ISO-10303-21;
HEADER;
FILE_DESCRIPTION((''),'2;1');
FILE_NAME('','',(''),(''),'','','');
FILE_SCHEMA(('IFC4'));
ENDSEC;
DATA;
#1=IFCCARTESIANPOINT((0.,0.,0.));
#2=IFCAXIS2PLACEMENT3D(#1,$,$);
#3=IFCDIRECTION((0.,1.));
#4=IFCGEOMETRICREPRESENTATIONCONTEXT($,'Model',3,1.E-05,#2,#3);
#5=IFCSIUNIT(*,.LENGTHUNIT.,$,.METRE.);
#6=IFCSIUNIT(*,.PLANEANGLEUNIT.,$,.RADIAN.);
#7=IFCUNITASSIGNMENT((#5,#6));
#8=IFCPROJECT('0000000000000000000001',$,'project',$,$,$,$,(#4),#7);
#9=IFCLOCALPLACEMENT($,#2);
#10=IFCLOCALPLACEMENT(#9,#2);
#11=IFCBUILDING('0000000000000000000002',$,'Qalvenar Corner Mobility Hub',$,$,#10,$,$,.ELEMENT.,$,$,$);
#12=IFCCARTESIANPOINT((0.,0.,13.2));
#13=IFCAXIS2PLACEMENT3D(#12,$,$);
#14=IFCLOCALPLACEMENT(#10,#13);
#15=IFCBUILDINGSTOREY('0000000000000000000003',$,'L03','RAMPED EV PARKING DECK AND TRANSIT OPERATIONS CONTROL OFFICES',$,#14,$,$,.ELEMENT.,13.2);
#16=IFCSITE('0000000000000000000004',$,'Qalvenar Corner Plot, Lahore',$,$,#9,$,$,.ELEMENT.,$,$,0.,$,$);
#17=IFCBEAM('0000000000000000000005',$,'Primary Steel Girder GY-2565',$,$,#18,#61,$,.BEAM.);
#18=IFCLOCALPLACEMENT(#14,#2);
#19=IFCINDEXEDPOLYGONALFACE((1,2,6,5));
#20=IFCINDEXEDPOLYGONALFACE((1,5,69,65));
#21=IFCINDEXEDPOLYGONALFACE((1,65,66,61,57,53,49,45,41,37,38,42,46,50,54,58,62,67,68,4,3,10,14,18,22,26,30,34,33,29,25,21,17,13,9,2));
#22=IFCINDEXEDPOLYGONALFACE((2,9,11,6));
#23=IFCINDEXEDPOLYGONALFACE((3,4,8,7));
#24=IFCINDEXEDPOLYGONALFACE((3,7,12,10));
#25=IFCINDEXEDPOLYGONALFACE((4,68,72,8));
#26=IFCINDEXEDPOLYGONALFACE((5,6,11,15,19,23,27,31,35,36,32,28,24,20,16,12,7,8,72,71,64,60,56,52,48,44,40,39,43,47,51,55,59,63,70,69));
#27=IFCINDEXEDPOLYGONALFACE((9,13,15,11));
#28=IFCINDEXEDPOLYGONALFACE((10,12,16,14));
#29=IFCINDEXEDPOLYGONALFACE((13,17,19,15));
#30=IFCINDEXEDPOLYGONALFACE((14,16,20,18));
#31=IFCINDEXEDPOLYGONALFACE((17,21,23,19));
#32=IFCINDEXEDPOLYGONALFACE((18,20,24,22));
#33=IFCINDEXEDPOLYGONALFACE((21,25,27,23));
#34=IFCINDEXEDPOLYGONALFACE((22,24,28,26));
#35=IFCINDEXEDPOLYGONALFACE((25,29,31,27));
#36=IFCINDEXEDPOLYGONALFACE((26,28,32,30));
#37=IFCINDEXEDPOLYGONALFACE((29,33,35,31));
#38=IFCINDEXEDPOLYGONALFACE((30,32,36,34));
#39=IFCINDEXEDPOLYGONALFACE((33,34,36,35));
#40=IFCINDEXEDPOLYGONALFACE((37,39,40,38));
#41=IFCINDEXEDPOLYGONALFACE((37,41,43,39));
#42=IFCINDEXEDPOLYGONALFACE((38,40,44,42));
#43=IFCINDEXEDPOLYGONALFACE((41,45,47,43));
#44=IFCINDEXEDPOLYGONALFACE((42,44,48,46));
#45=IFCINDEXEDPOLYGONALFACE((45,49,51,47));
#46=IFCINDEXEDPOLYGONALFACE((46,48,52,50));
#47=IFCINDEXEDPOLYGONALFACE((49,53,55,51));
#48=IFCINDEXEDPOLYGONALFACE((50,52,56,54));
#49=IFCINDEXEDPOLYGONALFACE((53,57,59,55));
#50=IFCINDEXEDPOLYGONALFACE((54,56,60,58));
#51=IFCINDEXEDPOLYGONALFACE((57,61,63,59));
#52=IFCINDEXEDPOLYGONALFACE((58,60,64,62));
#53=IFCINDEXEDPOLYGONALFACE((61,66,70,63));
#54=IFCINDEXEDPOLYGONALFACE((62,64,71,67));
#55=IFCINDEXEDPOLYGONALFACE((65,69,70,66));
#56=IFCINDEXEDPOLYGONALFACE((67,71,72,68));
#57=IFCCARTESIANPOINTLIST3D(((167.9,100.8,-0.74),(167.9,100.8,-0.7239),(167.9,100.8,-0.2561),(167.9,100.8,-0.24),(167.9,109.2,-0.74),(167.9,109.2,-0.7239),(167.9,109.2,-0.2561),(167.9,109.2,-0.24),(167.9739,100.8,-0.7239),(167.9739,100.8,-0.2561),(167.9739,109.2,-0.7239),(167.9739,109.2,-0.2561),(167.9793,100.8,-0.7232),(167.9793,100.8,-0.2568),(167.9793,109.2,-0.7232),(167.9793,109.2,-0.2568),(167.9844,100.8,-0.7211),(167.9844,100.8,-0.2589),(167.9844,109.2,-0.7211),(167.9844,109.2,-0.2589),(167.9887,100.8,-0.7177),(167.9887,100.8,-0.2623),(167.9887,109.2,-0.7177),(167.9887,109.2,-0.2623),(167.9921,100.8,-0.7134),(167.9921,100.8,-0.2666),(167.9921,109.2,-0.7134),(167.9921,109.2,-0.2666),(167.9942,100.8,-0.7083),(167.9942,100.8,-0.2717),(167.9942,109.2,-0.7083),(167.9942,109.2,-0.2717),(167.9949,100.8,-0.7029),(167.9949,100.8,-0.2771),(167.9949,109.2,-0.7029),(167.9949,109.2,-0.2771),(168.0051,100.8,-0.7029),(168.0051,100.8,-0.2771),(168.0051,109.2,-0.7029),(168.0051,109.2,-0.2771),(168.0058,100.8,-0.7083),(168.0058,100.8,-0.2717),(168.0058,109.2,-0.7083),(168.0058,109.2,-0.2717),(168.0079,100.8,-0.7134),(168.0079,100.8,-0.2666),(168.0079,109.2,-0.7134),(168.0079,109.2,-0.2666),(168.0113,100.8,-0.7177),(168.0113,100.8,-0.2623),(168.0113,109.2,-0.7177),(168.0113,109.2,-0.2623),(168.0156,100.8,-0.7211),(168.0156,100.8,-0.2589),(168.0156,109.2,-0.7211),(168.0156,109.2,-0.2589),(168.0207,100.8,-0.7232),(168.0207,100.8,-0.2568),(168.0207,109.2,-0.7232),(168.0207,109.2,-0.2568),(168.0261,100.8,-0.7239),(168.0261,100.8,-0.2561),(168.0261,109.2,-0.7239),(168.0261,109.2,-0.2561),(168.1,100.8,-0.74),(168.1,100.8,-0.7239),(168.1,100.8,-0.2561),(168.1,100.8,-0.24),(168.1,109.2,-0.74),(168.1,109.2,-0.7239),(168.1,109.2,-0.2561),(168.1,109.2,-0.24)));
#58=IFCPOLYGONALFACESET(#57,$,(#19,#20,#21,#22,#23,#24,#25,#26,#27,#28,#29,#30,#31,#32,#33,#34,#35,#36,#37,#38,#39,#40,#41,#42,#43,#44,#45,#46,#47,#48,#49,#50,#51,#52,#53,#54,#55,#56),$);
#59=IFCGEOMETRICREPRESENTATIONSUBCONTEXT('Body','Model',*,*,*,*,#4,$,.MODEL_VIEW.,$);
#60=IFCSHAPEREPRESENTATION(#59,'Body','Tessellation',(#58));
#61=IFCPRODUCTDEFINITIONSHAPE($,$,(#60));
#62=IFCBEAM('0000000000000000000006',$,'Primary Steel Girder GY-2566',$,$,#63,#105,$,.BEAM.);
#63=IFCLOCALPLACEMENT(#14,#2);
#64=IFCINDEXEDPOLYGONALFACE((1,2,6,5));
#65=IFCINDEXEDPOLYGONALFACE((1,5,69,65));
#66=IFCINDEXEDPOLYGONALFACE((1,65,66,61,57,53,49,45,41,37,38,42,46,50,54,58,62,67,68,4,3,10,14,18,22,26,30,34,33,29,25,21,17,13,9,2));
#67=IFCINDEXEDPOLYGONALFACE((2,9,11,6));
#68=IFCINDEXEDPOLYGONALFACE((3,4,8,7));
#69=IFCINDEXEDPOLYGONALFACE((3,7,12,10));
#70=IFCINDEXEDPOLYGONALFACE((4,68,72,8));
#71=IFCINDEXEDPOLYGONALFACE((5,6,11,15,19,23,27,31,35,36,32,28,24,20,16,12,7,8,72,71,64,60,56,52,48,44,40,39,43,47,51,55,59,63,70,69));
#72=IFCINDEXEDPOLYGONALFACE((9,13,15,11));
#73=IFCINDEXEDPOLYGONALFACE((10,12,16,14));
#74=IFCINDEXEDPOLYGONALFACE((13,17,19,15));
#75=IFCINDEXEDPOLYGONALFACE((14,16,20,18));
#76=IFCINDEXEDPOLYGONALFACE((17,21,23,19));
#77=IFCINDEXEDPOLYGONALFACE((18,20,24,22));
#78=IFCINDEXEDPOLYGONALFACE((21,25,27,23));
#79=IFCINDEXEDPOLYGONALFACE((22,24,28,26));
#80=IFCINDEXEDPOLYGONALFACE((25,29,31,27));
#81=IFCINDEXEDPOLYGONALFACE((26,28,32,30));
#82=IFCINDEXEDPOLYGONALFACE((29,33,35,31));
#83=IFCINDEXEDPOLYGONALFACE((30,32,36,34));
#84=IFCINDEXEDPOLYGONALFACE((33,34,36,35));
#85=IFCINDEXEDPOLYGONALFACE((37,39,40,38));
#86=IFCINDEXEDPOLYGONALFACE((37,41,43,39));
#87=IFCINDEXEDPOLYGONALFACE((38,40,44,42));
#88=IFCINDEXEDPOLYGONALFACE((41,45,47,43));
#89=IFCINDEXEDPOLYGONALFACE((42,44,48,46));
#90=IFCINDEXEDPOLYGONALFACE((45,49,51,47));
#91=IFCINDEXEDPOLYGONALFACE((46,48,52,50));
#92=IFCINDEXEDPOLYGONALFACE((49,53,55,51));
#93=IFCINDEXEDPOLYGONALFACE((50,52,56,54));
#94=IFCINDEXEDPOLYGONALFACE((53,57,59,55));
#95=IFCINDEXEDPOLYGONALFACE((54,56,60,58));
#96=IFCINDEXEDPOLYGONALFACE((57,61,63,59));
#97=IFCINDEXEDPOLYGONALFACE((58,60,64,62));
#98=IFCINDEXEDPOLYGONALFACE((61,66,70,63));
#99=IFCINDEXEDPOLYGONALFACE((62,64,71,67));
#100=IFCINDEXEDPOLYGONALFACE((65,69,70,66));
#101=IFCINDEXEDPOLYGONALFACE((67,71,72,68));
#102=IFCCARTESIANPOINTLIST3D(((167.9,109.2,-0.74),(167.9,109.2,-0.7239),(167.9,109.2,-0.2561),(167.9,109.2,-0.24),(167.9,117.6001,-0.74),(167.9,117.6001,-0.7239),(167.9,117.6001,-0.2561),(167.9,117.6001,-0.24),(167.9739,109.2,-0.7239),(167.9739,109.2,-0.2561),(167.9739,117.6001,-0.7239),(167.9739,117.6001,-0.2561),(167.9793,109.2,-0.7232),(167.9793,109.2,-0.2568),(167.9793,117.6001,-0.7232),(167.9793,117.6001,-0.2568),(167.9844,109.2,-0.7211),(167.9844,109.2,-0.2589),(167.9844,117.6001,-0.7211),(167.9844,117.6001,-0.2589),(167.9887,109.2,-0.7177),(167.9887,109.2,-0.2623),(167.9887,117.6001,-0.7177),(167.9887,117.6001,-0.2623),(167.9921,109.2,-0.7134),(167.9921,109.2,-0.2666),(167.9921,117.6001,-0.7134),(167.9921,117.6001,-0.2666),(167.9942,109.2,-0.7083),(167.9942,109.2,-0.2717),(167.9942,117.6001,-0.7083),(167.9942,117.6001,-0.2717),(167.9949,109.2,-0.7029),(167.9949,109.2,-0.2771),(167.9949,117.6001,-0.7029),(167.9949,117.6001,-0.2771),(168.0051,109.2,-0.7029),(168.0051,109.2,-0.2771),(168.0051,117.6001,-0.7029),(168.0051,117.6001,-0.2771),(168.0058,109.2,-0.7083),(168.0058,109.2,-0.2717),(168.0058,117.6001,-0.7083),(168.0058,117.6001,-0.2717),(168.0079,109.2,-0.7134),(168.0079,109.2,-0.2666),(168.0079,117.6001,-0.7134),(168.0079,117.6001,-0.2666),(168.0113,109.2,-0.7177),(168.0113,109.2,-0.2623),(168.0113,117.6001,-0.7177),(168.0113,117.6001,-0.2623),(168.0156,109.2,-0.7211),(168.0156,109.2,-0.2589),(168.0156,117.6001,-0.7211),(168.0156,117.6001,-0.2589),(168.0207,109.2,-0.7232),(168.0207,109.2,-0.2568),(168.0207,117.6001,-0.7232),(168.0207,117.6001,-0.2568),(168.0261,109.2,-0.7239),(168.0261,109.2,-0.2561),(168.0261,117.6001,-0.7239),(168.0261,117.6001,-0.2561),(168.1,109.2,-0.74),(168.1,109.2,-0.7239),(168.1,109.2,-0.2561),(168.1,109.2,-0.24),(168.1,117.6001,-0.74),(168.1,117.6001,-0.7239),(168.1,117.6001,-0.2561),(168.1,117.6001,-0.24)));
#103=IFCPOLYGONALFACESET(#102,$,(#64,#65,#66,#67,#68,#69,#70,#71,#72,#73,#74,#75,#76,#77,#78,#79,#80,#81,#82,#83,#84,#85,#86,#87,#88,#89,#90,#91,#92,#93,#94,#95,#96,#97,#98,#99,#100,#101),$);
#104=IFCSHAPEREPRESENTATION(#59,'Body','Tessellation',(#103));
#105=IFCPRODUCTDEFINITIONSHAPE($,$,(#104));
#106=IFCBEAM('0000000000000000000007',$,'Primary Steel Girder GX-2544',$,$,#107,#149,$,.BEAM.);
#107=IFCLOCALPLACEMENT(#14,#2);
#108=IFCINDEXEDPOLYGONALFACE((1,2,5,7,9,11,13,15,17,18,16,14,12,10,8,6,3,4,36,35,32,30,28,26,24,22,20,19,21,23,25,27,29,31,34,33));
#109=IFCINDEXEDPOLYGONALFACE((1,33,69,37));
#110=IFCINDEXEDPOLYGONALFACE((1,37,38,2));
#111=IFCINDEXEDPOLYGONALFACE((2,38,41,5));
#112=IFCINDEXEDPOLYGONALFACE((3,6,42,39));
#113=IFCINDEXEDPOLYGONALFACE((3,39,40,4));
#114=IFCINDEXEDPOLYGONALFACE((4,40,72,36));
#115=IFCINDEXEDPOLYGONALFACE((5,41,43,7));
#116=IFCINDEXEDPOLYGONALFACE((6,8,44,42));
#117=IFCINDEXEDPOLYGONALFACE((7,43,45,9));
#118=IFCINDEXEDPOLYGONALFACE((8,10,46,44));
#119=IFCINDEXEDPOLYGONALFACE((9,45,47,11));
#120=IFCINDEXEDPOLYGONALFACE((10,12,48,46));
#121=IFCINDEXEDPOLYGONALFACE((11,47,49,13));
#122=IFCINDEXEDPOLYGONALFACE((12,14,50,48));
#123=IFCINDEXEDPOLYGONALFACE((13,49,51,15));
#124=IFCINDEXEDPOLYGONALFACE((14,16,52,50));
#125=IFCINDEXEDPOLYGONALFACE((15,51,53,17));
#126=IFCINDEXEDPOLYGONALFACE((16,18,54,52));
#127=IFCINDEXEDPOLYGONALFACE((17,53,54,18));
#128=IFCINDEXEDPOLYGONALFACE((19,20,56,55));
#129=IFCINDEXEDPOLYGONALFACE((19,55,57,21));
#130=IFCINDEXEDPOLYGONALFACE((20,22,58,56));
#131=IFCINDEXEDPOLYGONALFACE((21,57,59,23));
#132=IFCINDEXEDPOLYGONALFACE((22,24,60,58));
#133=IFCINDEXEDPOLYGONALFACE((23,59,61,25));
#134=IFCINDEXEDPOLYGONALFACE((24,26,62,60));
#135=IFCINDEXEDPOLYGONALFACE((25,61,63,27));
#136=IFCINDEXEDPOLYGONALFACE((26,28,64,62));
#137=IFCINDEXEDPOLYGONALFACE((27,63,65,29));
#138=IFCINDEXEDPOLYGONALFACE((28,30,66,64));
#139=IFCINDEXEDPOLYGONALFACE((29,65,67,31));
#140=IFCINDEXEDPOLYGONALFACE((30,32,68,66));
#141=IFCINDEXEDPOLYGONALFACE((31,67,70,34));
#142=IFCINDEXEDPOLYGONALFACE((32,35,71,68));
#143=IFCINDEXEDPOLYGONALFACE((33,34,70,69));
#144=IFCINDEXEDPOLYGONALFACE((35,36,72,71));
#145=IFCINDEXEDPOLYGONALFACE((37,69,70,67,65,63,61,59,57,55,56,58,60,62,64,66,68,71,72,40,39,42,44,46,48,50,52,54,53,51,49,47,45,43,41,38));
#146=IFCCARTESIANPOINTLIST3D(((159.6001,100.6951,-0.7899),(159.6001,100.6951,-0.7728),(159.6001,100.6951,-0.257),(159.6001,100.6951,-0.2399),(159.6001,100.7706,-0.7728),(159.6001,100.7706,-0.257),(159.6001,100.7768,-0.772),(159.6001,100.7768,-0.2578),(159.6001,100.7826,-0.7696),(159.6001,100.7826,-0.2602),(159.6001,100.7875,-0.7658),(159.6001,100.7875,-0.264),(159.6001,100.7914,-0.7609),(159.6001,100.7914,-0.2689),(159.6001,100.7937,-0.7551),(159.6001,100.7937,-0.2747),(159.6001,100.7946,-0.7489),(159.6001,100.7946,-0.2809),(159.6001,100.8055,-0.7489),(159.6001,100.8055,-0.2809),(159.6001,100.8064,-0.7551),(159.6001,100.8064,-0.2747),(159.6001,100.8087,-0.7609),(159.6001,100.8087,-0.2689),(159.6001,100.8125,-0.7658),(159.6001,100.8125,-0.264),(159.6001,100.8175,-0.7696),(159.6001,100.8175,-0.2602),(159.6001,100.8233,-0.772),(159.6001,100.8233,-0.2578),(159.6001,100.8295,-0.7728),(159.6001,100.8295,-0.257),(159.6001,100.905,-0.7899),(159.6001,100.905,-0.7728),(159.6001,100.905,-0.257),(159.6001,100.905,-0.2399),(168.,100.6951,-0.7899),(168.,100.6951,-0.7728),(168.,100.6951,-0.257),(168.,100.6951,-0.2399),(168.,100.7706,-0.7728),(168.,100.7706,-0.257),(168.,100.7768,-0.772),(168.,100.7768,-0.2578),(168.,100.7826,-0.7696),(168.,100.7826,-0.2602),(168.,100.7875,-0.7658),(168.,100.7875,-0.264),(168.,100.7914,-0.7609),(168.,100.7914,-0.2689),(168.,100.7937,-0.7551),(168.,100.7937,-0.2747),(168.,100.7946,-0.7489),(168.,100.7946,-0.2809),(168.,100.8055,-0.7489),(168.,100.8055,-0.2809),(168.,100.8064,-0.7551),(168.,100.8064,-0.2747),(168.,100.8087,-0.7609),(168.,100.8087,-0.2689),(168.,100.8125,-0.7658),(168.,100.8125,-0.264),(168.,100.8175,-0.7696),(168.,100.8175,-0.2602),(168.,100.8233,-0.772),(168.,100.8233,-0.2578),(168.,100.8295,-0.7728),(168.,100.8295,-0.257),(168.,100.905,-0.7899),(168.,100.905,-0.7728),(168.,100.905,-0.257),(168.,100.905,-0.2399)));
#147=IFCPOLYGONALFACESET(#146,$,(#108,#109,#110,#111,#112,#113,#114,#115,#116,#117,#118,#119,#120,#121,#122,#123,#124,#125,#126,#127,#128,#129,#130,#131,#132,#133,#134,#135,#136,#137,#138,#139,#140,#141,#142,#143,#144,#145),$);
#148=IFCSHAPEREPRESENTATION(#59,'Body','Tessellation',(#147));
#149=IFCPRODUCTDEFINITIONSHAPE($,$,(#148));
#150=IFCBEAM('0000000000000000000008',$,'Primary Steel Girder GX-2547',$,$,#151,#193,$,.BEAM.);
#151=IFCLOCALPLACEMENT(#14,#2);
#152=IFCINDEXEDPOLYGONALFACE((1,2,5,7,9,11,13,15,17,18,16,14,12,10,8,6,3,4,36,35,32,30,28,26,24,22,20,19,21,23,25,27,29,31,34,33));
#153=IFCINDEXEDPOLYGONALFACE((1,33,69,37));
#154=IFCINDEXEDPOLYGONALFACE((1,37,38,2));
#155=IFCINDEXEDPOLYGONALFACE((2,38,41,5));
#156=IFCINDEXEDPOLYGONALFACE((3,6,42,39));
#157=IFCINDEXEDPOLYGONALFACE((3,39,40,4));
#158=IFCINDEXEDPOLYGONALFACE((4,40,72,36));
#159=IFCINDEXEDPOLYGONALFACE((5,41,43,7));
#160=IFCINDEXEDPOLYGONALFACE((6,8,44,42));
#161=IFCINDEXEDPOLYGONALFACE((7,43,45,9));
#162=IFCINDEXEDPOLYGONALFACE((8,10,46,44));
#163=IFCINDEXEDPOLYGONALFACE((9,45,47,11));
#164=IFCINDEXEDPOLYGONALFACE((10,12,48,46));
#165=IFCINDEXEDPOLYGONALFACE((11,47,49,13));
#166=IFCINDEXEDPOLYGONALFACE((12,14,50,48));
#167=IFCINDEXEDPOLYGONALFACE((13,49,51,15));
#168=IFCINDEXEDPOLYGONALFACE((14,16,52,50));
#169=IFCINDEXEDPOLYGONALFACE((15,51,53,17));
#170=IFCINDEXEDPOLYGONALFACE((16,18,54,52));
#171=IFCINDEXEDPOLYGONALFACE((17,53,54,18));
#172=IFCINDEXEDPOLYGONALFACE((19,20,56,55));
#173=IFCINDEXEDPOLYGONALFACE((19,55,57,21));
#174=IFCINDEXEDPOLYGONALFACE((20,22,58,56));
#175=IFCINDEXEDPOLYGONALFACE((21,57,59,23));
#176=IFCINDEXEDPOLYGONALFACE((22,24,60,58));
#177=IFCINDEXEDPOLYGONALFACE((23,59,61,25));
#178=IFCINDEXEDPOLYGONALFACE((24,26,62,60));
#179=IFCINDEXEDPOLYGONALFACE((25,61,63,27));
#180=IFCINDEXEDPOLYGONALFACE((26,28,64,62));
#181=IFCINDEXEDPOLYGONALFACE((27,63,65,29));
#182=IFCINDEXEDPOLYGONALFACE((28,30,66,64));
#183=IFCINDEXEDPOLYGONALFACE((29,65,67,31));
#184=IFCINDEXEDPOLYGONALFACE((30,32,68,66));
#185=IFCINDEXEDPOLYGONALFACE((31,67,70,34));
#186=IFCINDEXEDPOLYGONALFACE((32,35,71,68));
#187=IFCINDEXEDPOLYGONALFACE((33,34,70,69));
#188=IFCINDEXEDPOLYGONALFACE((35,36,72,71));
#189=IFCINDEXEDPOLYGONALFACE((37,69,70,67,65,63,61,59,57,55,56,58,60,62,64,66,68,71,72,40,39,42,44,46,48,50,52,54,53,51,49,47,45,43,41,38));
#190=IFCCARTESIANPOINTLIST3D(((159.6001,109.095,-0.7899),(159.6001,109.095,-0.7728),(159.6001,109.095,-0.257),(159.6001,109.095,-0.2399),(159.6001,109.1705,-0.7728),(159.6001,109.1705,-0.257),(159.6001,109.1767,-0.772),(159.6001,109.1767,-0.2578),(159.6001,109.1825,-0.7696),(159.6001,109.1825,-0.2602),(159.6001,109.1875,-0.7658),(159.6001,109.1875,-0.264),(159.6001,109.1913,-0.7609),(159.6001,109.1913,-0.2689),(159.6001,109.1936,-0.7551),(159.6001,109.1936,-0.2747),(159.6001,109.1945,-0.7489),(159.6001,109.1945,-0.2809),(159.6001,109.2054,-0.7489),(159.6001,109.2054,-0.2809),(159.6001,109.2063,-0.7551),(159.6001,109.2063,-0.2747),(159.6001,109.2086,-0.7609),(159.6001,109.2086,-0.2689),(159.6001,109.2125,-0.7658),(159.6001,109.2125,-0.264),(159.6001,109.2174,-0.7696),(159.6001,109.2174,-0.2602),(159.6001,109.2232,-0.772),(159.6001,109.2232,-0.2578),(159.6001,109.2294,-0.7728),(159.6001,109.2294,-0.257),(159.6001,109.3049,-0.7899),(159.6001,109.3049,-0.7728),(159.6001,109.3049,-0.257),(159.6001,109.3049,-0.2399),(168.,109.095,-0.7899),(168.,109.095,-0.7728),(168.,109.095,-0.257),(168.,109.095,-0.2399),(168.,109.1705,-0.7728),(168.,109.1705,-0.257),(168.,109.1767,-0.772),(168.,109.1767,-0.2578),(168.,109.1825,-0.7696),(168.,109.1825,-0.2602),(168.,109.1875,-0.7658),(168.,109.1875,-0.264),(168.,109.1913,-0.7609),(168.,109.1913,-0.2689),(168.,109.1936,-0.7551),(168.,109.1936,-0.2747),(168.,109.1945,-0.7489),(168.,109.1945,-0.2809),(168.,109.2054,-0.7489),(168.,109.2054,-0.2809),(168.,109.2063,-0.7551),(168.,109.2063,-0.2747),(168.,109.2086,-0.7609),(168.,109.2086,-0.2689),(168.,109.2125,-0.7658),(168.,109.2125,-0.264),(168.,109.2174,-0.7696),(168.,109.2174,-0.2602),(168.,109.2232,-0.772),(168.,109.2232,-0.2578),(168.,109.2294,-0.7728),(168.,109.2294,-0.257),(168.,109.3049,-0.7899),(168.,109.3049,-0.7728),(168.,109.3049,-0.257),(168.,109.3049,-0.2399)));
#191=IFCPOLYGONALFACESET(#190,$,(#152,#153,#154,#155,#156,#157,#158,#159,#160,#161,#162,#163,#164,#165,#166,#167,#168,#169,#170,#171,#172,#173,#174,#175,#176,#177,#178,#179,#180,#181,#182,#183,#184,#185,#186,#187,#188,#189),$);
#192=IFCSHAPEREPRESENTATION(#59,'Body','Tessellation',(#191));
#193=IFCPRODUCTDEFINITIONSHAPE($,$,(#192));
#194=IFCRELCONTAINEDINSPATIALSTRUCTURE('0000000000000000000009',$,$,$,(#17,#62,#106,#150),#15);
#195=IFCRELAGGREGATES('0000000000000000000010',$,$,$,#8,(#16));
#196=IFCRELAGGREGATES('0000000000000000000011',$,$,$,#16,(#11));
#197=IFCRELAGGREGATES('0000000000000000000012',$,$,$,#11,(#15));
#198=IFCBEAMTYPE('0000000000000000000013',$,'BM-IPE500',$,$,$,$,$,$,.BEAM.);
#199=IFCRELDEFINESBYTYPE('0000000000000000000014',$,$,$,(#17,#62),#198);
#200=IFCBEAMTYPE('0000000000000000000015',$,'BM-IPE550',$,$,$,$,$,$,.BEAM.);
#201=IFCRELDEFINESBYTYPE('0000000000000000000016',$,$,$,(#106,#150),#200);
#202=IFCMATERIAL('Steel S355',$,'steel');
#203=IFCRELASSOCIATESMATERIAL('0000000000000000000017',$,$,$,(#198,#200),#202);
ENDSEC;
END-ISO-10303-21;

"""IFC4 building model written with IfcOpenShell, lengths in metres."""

from ifc_helpers import new_model, si_unit, direction, frame, origin, origin_2d, place, context, subcontext, project, spatial, i_section, extrude, material, material_profile, profile_set, type_object, element, save


model = new_model("IFC4")

# Units and contexts
model_context = context("Model", 3, precision=1e-05, world=origin(), true_north=direction((0.0, 1.0)))
body_context = subcontext(model_context, "Body", "Model", "MODEL_VIEW")
ifc_project = project(units=[si_unit("LENGTHUNIT", "METRE"), si_unit("PLANEANGLEUNIT", "RADIAN")], contexts=[model_context])

# Site, building, storey
site_placement = place(None, origin())
site = spatial("IfcSite", under=ifc_project, at=site_placement, Name="Qalvenar Corner Plot, Lahore", CompositionType="ELEMENT", RefElevation=0.0)
building_placement = place(site_placement, origin())
building = spatial("IfcBuilding", under=site, at=building_placement, Name="Qalvenar Corner Mobility Hub", CompositionType="ELEMENT")
storey_placement = place(building_placement, frame((0.0, 0.0, 13.2)))
storey = spatial("IfcBuildingStorey", under=building, at=storey_placement, Name="L03", Description="RAMPED EV PARKING DECK AND TRANSIT OPERATIONS CONTROL OFFICES", CompositionType="ELEMENT", Elevation=13.2)

# Shared definitions
ifc_material_1 = material(Name="Steel S355", Category="steel")

# Beams
ifc_material_profile_1 = material_profile(ifc_material_1, i_section(OverallWidth=0.2, OverallDepth=0.5, WebThickness=0.0103, FlangeThickness=0.0161, FilletRadius=0.021, at=origin_2d()), Name="IPE500")
ifc_profile_set_1 = profile_set([ifc_material_profile_1], Name="Steel S355")
beam_type_1 = type_object("IfcBeamType", Name="BM-IPE500", PredefinedType="BEAM", material=ifc_profile_set_1)
beam_1_placement = place(storey_placement, frame((168.0, 100.8, -0.49), z_axis=(0.0, 1.0, 0.0), x_axis=(-1.0, 0.0, 0.0)))
element("IfcBeam", 1, at=beam_1_placement, inside=storey, type_object=beam_type_1, Name="Primary Steel Girder GY-2565", PredefinedType="BEAM", context=body_context, shape_type="SweptSolid", body=[
    extrude(i_section(OverallWidth=0.2, OverallDepth=0.5, WebThickness=0.0103, FlangeThickness=0.0161, FilletRadius=0.021, at=origin_2d()), origin(), (0.0, 0.0, 1.0), 8.3999),
])
beam_2_placement = place(storey_placement, frame((168.0, 109.2, -0.49), z_axis=(0.0, 1.0, 0.0), x_axis=(-1.0, 0.0, 0.0)))
element("IfcBeam", 2, at=beam_2_placement, inside=storey, type_object=beam_type_1, Name="Primary Steel Girder GY-2566", PredefinedType="BEAM", context=body_context, shape_type="SweptSolid", body=[
    extrude(i_section(OverallWidth=0.2, OverallDepth=0.5, WebThickness=0.0103, FlangeThickness=0.0161, FilletRadius=0.021, at=origin_2d()), origin(), (0.0, 0.0, 1.0), 8.4001),
])
ifc_material_profile_2 = material_profile(ifc_material_1, i_section(OverallWidth=0.21, OverallDepth=0.55, WebThickness=0.011, FlangeThickness=0.0171, FilletRadius=0.0239, at=origin_2d()), Name="IPE550")
ifc_profile_set_2 = profile_set([ifc_material_profile_2], Name="Steel S355")
beam_type_2 = type_object("IfcBeamType", Name="BM-IPE550", PredefinedType="BEAM", material=ifc_profile_set_2)
for number, where, z_axis, x_axis, name in (
    (3, (159.6001, 100.8, -0.5149), (1.0, 0.0, 0.0), (0.0, 1.0, 0.0), "Primary Steel Girder GX-2544"),
    (4, (159.6001, 109.2, -0.5149), (1.0, 0.0, 0.0), (0.0, 1.0, 0.0), "Primary Steel Girder GX-2547"),
):
    element("IfcBeam", number, at=place(storey_placement, frame(where, z_axis=z_axis, x_axis=x_axis)), inside=storey, type_object=beam_type_2, Name=name, PredefinedType="BEAM", context=body_context, shape_type="SweptSolid", body=[
        extrude(i_section(OverallWidth=0.21, OverallDepth=0.55, WebThickness=0.011, FlangeThickness=0.0171, FilletRadius=0.0239, at=origin_2d()), origin(), (0.0, 0.0, 1.0), 8.3999),
    ])

save(model, "model.ifc")
